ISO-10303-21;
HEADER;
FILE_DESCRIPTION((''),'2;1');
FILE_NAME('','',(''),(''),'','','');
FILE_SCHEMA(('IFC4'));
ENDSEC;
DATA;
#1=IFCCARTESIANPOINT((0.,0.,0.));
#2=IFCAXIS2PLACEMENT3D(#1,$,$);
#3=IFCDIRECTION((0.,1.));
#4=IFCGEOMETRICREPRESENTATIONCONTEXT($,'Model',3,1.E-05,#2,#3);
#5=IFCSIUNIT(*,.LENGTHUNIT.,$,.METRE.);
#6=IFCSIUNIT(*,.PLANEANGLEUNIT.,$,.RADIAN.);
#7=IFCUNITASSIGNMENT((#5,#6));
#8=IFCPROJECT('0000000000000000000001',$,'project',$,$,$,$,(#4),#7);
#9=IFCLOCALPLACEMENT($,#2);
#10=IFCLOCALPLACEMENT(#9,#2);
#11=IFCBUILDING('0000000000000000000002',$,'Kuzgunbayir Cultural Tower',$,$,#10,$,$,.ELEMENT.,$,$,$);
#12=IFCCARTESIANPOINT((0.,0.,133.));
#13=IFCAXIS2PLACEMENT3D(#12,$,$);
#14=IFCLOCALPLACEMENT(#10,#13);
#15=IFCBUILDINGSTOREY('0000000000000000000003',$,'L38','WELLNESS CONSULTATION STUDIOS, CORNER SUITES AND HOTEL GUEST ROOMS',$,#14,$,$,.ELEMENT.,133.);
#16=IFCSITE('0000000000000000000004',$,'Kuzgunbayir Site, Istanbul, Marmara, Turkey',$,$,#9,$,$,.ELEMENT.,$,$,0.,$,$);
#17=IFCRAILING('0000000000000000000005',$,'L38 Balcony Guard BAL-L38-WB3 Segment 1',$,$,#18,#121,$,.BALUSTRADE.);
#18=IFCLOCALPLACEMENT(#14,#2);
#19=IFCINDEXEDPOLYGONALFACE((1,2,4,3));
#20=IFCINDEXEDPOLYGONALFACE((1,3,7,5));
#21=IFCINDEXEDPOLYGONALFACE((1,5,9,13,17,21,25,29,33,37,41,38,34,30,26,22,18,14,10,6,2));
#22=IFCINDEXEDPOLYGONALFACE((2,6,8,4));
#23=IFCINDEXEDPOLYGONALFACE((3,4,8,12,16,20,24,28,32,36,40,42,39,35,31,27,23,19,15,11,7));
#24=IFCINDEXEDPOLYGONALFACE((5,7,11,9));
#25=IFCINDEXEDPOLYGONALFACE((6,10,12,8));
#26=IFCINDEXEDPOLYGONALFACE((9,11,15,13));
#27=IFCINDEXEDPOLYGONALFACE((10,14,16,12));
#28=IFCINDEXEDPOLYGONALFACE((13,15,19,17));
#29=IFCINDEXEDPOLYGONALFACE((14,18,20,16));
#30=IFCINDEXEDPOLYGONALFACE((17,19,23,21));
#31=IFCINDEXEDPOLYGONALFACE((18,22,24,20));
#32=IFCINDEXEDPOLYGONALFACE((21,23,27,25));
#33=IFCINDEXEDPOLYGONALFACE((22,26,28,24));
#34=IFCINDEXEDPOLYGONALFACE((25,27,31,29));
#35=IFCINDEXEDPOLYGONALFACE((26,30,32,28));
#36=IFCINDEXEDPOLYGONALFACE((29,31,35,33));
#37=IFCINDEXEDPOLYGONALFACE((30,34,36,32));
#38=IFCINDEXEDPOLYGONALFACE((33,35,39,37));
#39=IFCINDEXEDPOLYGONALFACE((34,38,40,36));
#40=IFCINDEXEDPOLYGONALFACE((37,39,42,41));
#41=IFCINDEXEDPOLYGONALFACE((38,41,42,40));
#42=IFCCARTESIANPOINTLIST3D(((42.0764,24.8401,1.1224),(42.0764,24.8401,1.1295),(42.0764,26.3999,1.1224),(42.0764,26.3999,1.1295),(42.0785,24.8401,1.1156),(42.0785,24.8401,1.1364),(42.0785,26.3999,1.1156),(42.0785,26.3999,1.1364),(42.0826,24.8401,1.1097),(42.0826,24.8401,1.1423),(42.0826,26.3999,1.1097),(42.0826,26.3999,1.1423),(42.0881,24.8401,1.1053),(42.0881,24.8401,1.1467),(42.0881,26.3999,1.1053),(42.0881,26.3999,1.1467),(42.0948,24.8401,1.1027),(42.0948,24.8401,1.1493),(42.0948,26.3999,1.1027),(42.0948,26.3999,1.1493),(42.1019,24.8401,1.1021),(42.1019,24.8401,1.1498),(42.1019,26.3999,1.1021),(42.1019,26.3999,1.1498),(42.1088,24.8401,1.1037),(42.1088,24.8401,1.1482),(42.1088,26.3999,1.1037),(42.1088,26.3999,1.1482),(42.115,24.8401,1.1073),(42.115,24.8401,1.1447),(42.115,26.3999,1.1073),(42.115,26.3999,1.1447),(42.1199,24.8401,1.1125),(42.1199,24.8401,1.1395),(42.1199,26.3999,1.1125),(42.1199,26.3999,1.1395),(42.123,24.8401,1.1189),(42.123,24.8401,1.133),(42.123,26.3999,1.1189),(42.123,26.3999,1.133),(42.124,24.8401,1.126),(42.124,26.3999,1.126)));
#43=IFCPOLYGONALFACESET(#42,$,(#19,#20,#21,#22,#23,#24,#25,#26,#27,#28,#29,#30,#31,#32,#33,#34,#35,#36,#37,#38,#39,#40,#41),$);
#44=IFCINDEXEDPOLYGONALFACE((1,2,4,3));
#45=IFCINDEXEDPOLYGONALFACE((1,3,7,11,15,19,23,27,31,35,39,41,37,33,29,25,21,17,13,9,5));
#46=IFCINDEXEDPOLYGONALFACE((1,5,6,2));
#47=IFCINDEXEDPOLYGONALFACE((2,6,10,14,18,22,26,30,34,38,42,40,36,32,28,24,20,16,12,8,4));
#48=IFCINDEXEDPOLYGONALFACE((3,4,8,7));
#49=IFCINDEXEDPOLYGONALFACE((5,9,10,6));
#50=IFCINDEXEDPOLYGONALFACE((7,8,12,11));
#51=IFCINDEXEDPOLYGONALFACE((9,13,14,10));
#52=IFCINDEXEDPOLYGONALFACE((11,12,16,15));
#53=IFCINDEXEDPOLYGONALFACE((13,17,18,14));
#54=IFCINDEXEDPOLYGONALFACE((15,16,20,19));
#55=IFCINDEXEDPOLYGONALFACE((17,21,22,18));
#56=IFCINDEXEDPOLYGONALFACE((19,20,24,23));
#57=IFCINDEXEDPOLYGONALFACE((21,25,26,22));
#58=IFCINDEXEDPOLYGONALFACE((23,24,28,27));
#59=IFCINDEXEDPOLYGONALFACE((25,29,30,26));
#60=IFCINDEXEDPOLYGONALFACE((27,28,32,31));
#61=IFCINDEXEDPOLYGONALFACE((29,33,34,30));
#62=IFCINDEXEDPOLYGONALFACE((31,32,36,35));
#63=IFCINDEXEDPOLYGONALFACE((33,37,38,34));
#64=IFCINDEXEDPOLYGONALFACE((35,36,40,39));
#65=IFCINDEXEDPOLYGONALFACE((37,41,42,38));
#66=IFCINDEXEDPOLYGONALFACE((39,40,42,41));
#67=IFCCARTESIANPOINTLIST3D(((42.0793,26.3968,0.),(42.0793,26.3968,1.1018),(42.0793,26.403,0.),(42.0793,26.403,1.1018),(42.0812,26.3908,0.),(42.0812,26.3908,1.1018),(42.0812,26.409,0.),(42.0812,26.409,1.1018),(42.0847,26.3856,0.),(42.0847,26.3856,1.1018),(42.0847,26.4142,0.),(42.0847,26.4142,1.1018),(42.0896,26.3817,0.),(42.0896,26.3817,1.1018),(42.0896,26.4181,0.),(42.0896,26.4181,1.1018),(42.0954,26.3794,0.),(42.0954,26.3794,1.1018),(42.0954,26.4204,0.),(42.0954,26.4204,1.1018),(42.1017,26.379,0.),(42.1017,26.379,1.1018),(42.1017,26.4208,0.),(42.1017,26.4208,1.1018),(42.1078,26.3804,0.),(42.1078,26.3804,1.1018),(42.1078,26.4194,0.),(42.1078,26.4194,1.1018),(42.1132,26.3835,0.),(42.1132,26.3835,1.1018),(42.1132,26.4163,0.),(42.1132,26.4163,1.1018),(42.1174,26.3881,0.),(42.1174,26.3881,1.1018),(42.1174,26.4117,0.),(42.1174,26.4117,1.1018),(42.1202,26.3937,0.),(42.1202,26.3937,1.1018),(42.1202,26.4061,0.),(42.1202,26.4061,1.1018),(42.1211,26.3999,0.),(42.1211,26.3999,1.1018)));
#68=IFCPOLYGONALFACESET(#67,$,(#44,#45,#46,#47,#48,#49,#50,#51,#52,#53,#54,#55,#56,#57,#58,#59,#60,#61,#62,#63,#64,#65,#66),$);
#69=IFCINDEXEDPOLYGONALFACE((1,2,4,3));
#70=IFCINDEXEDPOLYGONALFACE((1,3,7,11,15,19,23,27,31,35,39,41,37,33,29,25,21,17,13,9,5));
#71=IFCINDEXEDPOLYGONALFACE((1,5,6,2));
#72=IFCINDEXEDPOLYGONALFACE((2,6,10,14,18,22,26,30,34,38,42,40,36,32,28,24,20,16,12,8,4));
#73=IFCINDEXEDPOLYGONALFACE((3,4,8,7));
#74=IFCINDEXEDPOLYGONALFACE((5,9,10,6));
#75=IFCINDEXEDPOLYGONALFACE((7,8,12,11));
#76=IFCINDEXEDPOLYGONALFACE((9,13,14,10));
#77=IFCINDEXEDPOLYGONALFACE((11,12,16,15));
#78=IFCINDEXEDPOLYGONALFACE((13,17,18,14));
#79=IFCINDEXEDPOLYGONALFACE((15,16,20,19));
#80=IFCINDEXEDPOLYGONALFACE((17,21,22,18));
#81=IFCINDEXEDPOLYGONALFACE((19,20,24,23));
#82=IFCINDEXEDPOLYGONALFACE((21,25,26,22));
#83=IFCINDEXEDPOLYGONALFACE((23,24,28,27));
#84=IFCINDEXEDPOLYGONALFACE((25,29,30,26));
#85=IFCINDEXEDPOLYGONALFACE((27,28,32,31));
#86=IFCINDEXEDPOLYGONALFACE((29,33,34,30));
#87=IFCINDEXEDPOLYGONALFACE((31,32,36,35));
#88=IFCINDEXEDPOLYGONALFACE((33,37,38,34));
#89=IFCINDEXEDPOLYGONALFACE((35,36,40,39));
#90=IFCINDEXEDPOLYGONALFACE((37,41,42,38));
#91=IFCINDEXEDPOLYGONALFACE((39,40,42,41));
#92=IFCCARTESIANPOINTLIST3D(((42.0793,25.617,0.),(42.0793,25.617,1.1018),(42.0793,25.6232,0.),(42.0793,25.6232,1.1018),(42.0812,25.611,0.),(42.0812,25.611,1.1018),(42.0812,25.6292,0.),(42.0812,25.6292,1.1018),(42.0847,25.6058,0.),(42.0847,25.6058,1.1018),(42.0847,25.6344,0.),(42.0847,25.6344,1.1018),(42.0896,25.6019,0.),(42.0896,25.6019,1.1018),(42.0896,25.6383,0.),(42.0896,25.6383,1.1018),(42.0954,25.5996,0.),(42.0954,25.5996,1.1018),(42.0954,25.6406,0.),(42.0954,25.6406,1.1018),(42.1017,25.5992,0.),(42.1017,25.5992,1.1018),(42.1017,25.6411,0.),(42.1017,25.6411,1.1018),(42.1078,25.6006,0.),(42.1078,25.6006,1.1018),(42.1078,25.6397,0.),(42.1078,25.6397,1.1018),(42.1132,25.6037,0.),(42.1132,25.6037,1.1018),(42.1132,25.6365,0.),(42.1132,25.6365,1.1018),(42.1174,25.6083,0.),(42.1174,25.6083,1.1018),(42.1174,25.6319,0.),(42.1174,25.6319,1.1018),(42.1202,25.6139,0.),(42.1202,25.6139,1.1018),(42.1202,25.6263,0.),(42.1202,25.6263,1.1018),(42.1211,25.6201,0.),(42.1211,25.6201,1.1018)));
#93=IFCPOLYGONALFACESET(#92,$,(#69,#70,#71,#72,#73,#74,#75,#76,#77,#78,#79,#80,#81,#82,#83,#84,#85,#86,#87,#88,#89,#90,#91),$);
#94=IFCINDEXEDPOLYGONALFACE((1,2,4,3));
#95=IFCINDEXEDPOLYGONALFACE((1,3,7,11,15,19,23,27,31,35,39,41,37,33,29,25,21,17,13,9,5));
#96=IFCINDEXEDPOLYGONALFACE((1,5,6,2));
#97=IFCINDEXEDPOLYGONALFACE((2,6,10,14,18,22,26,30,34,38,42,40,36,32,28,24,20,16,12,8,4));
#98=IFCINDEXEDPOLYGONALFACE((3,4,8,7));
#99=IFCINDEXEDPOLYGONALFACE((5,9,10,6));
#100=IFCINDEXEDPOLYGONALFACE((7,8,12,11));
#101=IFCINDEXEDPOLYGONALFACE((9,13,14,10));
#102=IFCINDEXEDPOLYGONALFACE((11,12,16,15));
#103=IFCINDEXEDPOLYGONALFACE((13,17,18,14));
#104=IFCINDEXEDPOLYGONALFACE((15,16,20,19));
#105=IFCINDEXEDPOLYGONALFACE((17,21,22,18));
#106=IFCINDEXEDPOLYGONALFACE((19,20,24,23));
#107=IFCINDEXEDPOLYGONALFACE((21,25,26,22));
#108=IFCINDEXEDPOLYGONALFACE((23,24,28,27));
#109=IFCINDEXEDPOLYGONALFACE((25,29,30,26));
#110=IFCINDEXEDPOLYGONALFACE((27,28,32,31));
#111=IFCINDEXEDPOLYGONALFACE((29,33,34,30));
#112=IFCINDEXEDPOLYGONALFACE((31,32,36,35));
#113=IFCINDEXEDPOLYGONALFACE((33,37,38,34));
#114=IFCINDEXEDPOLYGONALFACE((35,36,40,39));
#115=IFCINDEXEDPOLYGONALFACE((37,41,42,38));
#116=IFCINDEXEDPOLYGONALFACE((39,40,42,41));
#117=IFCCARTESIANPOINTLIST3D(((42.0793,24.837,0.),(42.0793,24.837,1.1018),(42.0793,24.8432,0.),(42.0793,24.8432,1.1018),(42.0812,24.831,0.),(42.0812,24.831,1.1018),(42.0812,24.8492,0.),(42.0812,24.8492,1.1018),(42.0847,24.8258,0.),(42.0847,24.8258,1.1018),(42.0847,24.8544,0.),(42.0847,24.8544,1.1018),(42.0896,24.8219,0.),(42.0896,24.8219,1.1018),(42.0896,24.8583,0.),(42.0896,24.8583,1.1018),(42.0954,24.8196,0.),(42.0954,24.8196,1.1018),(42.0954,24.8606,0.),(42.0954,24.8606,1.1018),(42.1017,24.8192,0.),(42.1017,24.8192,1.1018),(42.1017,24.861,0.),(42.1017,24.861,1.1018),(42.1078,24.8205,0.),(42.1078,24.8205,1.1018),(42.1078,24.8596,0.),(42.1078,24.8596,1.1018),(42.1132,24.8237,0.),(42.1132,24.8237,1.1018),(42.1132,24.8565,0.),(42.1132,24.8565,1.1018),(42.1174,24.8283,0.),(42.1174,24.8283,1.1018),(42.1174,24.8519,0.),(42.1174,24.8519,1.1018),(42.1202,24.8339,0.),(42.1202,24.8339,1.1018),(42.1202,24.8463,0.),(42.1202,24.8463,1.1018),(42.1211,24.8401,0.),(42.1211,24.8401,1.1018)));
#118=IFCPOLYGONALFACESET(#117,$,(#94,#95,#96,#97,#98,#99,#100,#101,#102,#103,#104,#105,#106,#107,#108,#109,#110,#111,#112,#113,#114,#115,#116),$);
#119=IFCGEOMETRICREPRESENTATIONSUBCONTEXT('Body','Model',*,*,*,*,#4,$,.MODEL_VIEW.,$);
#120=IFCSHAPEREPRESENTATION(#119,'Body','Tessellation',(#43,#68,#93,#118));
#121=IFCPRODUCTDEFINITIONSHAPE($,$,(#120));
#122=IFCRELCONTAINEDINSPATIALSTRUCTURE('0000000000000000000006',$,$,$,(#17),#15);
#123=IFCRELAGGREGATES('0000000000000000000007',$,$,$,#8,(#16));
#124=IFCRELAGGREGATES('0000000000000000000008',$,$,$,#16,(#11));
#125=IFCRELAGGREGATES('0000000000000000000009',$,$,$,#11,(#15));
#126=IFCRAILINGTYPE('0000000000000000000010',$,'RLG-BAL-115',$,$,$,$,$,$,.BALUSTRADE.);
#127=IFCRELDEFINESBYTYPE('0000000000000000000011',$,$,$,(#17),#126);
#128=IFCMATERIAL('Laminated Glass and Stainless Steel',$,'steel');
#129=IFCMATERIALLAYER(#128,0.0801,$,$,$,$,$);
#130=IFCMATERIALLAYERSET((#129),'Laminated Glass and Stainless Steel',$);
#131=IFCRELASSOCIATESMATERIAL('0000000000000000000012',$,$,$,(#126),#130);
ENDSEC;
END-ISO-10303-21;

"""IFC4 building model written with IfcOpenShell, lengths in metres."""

from ifc_helpers import new_model, si_unit, direction, frame, origin, origin_2d, place, context, subcontext, project, spatial, circle, extrude, material, layer, layer_set, type_object, element, save


model = new_model("IFC4")

# Units and contexts
model_context = context("Model", 3, precision=1e-05, world=origin(), true_north=direction((0.0, 1.0)))
body_context = subcontext(model_context, "Body", "Model", "MODEL_VIEW")
ifc_project = project(units=[si_unit("LENGTHUNIT", "METRE"), si_unit("PLANEANGLEUNIT", "RADIAN")], contexts=[model_context])

# Site, building, storey
site_placement = place(None, origin())
site = spatial("IfcSite", under=ifc_project, at=site_placement, Name="Kuzgunbayir Site, Istanbul, Marmara, Turkey", CompositionType="ELEMENT", RefElevation=0.0)
building_placement = place(site_placement, origin())
building = spatial("IfcBuilding", under=site, at=building_placement, Name="Kuzgunbayir Cultural Tower", CompositionType="ELEMENT")
storey_placement = place(building_placement, frame((0.0, 0.0, 133.0)))
storey = spatial("IfcBuildingStorey", under=building, at=storey_placement, Name="L38", Description="WELLNESS CONSULTATION STUDIOS, CORNER SUITES AND HOTEL GUEST ROOMS", CompositionType="ELEMENT", Elevation=133.0)

# Railing
ifc_material_1 = material(Name="Laminated Glass and Stainless Steel", Category="steel")
ifc_layer_1 = layer(ifc_material_1, 0.0801)
ifc_layer_set_1 = layer_set([ifc_layer_1], Name="Laminated Glass and Stainless Steel")
railing_type = type_object("IfcRailingType", Name="RLG-BAL-115", PredefinedType="BALUSTRADE", material=ifc_layer_set_1)
railing_1_placement = place(storey_placement, frame((42.1001, 26.3999, 0.0)))
element("IfcRailing", 1, at=railing_1_placement, inside=storey, type_object=railing_type, Name="L38 Balcony Guard BAL-L38-WB3 Segment 1", PredefinedType="BALUSTRADE", context=body_context, shape_type="SweptSolid", body=[
    extrude(circle(Radius=0.0239, at=origin_2d()), frame((0.0, 0.0, 1.126), z_axis=(0.0, -1.0, 0.0), x_axis=(1.0, 0.0, 0.0)), (0.0, 0.0, 1.0), 1.5598),
    extrude(circle(Radius=0.021, at=origin_2d()), origin(), (0.0, 0.0, 1.0), 1.1018),
    extrude(circle(Radius=0.021, at=origin_2d()), frame((0.0, -0.7798, 0.0)), (0.0, 0.0, 1.0), 1.1018),
    extrude(circle(Radius=0.021, at=origin_2d()), frame((0.0, -1.5598, 0.0)), (0.0, 0.0, 1.0), 1.1018),
])

save(model, "model.ifc")
